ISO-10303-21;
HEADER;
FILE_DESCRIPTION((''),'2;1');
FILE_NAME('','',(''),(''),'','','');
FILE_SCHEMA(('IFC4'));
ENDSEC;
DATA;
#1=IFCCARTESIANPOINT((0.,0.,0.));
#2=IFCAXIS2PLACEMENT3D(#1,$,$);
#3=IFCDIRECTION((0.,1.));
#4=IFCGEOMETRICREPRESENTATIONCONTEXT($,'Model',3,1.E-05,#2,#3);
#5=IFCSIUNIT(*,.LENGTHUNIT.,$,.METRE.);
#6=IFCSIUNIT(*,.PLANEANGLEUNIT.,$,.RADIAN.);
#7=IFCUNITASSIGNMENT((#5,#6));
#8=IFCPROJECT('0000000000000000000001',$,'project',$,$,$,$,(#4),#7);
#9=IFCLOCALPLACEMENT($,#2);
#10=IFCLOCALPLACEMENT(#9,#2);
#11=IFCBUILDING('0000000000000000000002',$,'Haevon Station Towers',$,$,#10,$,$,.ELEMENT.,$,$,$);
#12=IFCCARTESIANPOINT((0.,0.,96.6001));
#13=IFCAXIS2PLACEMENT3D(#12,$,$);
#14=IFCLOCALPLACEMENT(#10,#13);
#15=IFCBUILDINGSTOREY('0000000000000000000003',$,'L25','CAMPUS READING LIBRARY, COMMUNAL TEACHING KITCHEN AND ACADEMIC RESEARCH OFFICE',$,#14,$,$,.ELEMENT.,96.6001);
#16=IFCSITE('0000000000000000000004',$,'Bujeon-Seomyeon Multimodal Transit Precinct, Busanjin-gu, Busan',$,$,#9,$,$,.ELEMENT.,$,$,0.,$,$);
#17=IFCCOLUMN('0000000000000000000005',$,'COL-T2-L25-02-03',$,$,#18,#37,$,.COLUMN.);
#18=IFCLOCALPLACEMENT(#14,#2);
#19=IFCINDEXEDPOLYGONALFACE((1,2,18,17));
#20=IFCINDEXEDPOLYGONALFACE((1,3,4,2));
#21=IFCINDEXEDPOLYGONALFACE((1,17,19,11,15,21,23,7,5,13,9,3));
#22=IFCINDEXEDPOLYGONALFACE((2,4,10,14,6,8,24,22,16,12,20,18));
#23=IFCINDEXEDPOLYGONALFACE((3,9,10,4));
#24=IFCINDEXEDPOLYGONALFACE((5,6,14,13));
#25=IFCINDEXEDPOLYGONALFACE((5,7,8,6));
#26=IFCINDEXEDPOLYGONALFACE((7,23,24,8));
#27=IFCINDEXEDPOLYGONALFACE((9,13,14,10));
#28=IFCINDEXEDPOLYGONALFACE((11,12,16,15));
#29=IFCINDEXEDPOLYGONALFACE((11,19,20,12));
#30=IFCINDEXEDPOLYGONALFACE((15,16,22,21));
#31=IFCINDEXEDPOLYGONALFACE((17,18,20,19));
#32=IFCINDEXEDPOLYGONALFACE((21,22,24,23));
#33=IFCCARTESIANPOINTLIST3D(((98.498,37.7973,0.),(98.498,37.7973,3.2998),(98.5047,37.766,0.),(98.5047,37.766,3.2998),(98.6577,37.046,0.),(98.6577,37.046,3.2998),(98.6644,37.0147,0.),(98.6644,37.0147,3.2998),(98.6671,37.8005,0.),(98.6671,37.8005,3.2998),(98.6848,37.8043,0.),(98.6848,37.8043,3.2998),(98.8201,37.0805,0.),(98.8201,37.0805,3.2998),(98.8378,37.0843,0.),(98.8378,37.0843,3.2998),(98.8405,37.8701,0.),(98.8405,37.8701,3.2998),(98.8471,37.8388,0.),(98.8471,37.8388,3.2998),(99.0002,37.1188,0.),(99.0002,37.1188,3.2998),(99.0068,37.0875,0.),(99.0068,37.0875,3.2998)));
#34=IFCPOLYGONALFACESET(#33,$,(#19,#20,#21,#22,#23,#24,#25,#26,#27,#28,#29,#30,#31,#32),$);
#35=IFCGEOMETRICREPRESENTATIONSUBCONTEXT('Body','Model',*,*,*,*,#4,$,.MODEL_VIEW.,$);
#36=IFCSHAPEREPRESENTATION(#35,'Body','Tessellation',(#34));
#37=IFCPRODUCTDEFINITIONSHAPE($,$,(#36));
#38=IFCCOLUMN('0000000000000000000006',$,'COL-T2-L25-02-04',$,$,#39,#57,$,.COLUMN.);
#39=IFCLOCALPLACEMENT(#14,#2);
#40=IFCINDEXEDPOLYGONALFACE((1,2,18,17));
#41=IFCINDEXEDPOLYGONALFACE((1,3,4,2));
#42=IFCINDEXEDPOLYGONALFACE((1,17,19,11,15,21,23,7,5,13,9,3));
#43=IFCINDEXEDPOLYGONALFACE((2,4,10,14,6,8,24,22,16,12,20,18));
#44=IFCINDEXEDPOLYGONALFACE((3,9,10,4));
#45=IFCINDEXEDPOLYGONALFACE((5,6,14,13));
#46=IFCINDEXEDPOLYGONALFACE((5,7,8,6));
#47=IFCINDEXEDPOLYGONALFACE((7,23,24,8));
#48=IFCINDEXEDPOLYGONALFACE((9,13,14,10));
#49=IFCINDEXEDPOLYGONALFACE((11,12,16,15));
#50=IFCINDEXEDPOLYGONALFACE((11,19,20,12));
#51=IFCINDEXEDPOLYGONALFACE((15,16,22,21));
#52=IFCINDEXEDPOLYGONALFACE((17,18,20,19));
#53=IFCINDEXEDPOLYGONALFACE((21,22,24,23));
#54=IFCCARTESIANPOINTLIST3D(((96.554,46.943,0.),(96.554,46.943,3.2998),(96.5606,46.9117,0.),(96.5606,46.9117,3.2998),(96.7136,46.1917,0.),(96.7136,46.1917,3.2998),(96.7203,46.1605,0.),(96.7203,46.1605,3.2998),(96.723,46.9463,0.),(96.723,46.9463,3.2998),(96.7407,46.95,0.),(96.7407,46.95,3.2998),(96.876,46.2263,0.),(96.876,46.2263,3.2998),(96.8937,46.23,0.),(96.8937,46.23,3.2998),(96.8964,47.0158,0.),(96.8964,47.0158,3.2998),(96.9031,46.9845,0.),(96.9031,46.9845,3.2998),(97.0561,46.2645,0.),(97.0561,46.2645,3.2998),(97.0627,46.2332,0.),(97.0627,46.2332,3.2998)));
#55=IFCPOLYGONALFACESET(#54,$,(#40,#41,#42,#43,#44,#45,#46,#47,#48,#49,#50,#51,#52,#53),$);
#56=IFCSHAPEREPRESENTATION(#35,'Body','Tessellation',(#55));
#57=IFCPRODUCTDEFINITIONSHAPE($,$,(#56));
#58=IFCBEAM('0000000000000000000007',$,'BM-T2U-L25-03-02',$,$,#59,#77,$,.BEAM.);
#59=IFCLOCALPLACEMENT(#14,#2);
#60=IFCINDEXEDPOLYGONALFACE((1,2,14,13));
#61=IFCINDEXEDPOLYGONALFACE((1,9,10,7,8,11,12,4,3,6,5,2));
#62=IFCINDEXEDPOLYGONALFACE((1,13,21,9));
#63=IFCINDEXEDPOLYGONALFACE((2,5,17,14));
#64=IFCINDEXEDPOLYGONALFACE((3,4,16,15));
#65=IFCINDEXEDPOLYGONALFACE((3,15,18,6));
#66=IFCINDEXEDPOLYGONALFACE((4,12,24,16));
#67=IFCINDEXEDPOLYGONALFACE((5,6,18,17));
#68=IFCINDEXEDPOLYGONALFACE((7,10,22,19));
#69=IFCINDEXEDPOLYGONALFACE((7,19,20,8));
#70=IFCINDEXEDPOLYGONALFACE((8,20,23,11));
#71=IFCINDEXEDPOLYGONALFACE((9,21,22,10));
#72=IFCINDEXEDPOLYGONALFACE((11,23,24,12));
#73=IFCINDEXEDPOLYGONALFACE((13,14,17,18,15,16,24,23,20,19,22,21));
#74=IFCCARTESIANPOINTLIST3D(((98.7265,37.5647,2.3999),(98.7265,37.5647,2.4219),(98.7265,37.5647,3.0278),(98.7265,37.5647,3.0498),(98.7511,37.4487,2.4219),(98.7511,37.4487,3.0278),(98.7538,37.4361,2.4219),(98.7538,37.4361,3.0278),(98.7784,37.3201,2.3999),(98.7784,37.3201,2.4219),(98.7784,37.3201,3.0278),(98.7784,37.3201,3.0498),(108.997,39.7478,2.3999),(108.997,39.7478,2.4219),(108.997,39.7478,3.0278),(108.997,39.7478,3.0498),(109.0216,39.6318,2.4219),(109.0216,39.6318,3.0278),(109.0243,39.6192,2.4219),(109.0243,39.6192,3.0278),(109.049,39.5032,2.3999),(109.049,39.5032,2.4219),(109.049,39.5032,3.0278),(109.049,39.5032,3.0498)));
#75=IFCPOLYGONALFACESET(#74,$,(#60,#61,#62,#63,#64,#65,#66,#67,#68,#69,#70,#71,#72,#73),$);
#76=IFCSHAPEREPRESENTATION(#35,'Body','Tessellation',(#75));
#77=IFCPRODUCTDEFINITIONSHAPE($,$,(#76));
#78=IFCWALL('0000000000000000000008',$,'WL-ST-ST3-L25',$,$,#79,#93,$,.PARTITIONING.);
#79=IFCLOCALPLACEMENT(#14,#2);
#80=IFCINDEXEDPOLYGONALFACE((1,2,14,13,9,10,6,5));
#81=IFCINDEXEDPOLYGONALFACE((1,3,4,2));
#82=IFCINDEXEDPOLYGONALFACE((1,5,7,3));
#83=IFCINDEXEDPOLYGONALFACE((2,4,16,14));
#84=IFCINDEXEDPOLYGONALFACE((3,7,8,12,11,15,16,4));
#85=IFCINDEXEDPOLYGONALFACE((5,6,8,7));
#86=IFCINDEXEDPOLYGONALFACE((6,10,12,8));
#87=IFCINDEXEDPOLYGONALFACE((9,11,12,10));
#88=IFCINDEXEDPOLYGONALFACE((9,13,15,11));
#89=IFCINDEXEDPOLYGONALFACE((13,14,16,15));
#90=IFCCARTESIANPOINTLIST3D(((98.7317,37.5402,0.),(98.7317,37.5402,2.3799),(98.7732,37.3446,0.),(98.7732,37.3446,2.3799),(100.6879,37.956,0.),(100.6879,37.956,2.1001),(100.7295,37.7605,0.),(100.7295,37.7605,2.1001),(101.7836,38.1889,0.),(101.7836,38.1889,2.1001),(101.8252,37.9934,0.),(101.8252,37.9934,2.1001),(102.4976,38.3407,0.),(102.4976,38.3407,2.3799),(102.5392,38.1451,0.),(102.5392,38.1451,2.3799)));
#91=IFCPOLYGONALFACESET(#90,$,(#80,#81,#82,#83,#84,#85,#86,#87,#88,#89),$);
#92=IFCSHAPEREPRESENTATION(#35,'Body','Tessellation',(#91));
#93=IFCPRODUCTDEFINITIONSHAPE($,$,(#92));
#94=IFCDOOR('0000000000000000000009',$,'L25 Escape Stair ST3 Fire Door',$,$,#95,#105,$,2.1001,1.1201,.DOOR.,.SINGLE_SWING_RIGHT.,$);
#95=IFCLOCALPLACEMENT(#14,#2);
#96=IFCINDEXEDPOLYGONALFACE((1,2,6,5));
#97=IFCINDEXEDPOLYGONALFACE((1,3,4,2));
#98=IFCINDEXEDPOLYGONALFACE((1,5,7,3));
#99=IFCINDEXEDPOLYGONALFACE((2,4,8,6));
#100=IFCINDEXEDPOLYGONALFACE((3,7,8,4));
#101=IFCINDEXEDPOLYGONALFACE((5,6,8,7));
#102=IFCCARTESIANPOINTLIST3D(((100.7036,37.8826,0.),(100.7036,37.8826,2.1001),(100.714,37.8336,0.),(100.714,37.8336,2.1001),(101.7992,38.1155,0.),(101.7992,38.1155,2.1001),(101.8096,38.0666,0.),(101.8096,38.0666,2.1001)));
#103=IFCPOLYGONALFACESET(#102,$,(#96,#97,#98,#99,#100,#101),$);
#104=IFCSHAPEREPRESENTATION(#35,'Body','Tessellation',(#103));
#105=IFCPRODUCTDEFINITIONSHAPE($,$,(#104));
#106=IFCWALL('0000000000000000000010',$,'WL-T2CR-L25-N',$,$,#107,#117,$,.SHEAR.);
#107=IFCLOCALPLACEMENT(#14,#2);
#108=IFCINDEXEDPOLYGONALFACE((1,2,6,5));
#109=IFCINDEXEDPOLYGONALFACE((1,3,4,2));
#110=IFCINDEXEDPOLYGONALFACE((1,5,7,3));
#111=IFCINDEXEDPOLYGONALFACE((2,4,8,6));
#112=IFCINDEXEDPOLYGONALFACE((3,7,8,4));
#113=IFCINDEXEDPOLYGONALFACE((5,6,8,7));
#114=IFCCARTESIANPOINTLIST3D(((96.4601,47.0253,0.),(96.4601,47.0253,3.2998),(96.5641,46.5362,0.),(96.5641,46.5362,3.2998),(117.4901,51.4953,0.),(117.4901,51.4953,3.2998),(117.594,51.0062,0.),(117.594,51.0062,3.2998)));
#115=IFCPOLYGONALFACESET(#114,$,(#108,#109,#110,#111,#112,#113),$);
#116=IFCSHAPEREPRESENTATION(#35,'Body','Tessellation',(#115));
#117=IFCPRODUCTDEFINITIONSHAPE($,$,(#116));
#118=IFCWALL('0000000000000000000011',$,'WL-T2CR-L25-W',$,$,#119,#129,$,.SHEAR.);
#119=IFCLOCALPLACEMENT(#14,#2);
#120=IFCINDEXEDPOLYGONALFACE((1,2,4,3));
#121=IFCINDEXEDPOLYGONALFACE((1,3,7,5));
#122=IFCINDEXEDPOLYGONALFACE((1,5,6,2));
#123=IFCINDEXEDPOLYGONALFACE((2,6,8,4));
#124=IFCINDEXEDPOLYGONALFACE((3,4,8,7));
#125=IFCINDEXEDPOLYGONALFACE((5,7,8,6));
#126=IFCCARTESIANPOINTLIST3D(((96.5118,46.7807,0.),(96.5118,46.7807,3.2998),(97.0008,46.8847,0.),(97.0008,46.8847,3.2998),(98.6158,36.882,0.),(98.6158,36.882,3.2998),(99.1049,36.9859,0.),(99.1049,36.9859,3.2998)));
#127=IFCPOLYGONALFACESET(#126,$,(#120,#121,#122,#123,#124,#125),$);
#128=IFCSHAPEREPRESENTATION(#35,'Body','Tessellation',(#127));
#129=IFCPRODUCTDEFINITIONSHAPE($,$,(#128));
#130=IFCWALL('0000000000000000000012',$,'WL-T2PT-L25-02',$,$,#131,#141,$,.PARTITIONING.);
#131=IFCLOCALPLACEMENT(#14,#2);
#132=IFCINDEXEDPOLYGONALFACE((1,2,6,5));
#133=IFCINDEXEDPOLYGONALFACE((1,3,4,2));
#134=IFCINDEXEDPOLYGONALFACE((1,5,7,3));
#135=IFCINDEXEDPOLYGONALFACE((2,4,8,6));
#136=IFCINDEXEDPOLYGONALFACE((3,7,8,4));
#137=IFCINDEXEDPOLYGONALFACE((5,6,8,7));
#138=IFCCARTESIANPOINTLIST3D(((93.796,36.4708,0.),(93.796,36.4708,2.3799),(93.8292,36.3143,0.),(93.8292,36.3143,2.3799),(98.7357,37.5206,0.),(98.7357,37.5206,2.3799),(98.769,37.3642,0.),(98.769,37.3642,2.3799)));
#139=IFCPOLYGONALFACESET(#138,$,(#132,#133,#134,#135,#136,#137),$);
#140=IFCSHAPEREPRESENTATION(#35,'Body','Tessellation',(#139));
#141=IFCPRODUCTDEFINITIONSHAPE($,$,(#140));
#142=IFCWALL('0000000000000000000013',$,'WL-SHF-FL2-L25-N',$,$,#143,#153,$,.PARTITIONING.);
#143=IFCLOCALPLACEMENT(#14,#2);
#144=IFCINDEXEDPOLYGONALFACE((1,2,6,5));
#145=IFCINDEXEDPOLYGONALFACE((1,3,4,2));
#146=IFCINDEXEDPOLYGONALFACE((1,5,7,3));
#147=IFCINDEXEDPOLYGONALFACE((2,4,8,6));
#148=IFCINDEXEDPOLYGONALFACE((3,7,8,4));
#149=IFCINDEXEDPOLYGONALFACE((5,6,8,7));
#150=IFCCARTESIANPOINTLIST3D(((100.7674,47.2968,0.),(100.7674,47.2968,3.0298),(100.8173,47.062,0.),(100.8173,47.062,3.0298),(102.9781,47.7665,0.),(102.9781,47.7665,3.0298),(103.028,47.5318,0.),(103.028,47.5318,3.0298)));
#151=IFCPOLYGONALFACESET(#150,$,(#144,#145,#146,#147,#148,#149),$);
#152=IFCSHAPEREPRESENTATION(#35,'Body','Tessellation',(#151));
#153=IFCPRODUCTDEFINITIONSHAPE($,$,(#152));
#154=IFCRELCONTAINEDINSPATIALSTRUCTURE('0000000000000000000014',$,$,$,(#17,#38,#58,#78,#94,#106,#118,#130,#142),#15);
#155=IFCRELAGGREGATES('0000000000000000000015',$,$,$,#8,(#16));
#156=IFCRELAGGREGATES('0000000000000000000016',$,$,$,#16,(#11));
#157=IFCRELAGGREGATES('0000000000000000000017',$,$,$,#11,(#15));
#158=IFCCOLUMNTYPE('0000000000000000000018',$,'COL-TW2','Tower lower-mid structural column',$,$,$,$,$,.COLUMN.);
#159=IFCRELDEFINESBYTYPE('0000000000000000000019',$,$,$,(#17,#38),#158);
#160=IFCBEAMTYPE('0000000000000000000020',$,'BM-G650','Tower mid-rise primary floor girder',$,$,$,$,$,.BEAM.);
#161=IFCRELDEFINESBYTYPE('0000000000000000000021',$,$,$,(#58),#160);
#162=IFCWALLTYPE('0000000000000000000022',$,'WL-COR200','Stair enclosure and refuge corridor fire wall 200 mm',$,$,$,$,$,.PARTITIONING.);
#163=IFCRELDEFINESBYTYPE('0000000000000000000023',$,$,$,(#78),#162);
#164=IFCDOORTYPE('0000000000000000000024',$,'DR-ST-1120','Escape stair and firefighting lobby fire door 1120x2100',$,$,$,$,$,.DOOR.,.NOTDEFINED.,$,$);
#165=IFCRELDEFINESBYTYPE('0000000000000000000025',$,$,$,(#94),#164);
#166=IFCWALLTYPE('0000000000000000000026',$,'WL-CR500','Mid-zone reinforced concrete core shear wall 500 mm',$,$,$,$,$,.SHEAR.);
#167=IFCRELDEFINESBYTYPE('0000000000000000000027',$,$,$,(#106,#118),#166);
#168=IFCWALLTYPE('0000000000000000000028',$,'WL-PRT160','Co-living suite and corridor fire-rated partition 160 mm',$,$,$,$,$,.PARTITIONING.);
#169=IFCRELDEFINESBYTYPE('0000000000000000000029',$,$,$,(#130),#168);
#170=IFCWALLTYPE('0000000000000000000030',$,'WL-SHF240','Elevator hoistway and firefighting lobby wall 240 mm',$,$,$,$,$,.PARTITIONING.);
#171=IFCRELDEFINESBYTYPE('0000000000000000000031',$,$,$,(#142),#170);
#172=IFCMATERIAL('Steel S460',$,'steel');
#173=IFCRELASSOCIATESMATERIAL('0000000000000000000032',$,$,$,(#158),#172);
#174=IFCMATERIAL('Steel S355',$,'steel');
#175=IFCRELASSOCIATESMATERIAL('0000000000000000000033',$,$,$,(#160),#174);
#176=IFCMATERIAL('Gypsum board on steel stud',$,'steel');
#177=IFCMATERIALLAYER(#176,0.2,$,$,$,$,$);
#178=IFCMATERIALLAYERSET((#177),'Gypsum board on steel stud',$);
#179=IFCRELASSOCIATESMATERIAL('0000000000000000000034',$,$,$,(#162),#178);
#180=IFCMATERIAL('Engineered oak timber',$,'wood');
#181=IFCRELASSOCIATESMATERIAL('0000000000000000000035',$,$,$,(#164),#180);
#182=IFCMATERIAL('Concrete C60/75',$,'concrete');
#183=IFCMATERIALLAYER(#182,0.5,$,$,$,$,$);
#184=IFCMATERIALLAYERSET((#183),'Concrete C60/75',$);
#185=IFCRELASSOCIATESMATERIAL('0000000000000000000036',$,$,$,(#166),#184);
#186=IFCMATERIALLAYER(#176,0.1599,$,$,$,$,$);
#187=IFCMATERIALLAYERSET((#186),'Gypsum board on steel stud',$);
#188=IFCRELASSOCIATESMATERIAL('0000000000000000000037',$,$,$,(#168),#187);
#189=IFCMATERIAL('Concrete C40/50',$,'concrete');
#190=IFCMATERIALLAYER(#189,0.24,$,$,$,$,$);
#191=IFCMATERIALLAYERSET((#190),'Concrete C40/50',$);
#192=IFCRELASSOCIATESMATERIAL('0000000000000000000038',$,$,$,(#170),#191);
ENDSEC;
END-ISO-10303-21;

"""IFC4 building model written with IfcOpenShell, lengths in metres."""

from ifc_helpers import new_model, si_unit, direction, frame, frame_2d, origin, origin_2d, place, context, subcontext, project, spatial, rectangle, i_section, extrude, material, layer, layer_set, material_profile, profile_set, type_object, element, fill, save


model = new_model("IFC4")

# Units and contexts
model_context = context("Model", 3, precision=1e-05, world=origin(), true_north=direction((0.0, 1.0)))
body_context = subcontext(model_context, "Body", "Model", "MODEL_VIEW")
ifc_project = project(units=[si_unit("LENGTHUNIT", "METRE"), si_unit("PLANEANGLEUNIT", "RADIAN")], contexts=[model_context])

# Site, building, storey
site_placement = place(None, origin())
site = spatial("IfcSite", under=ifc_project, at=site_placement, Name="Bujeon-Seomyeon Multimodal Transit Precinct, Busanjin-gu, Busan", CompositionType="ELEMENT", RefElevation=0.0)
building_placement = place(site_placement, origin())
building = spatial("IfcBuilding", under=site, at=building_placement, Name="Haevon Station Towers", CompositionType="ELEMENT")
storey_placement = place(building_placement, frame((0.0, 0.0, 96.6001)))
storey = spatial("IfcBuildingStorey", under=building, at=storey_placement, Name="L25", Description="CAMPUS READING LIBRARY, COMMUNAL TEACHING KITCHEN AND ACADEMIC RESEARCH OFFICE", CompositionType="ELEMENT", Elevation=96.6001)

# Columns
ifc_material_1 = material(Name="Steel S460", Category="steel")
ifc_material_profile_1 = material_profile(ifc_material_1, i_section(OverallWidth=0.3501, OverallDepth=0.8, WebThickness=0.0181, FlangeThickness=0.032, at=origin_2d()), Name="H-800x350x18x32")
ifc_profile_set_1 = profile_set([ifc_material_profile_1], Name="Steel S460")
column_type = type_object("IfcColumnType", Name="COL-TW2", Description="Tower lower-mid structural column", PredefinedType="COLUMN", material=ifc_profile_set_1)
for number, where, z_axis, x_axis, name in (
    (1, (98.7524, 37.4424, 0.0), (0.0, 0.0, 1.0), (0.978148, 0.207912, 0.0), "COL-T2-L25-02-03"),
    (2, (96.8083, 46.5881, 0.0), (0.0, 0.0, 1.0), (0.978148, 0.207912, 0.0), "COL-T2-L25-02-04"),
):
    element("IfcColumn", number, at=place(storey_placement, frame(where, z_axis=z_axis, x_axis=x_axis)), inside=storey, type_object=column_type, Name=name, PredefinedType="COLUMN", context=body_context, shape_type="SweptSolid", body=[
        extrude(i_section(OverallWidth=0.3501, OverallDepth=0.8, WebThickness=0.0181, FlangeThickness=0.032, at=origin_2d()), origin(), (0.0, 0.0, 1.0), 3.2998),
    ])

# Beam
ifc_material_2 = material(Name="Steel S355", Category="steel")
ifc_material_profile_2 = material_profile(ifc_material_2, i_section(OverallWidth=0.25, OverallDepth=0.6499, WebThickness=0.0129, FlangeThickness=0.022, at=origin_2d()), Name="H-650x250x13x22")
ifc_profile_set_2 = profile_set([ifc_material_profile_2], Name="Steel S355")
beam_type = type_object("IfcBeamType", Name="BM-G650", Description="Tower mid-rise primary floor girder", PredefinedType="BEAM", material=ifc_profile_set_2)
beam_placement = place(storey_placement, frame((98.7524, 37.4424, 2.7249), z_axis=(0.978147, 0.207915, 0.0), x_axis=(-0.207915, 0.978147, 0.0)))
element("IfcBeam", 3, at=beam_placement, inside=storey, type_object=beam_type, Name="BM-T2U-L25-03-02", PredefinedType="BEAM", context=body_context, shape_type="SweptSolid", body=[
    extrude(i_section(OverallWidth=0.25, OverallDepth=0.6499, WebThickness=0.0129, FlangeThickness=0.022, at=origin_2d()), origin(), (0.0, 0.0, 1.0), 10.5),
])

# Wall, opening, door
ifc_material_3 = material(Name="Gypsum board on steel stud", Category="steel")
ifc_layer_1 = layer(ifc_material_3, 0.2)
ifc_layer_set_1 = layer_set([ifc_layer_1], Name="Gypsum board on steel stud")
wall_type_1 = type_object("IfcWallType", Name="WL-COR200", Description="Stair enclosure and refuge corridor fire wall 200 mm", PredefinedType="PARTITIONING", material=ifc_layer_set_1)
wall_1_placement = place(storey_placement, frame((98.7524, 37.4424, 0.0), z_axis=(0.0, 0.0, 1.0), x_axis=(0.978144, 0.207931, 0.0)))
wall_1 = element("IfcWall", 4, at=wall_1_placement, inside=storey, type_object=wall_type_1, Name="WL-ST-ST3-L25", PredefinedType="PARTITIONING", context=body_context, shape_type="SweptSolid", body=[
    extrude(rectangle(XDim=3.8501, YDim=0.2, at=frame_2d((1.925, 0.0))), origin(), (0.0, 0.0, 1.0), 2.3799),
])
opening_1_placement = place(wall_1_placement, frame((2.0, 0.0, 0.0)))
opening_1 = element("IfcOpeningElement", 5, at=opening_1_placement, cuts=wall_1, PredefinedType="OPENING", context=body_context, shape_type="SweptSolid", body=[
    extrude(rectangle(XDim=1.1201, YDim=2.1001, at=frame_2d((0.5601, 1.05))), frame((0.0, 0.1099, 0.0), z_axis=(0.0, -1.0, 0.0), x_axis=(1.0, 0.0, 0.0)), (0.0, 0.0, 1.0), 0.22),
])
ifc_material_4 = material(Name="Engineered oak timber", Category="wood")
door_type_1 = type_object("IfcDoorType", Name="DR-ST-1120", Description="Escape stair and firefighting lobby fire door 1120x2100", OperationType="NOTDEFINED", PredefinedType="DOOR", material=ifc_material_4)
door_1_placement = place(opening_1_placement, origin())
door_1 = element("IfcDoor", 6, at=door_1_placement, inside=storey, type_object=door_type_1, Name="L25 Escape Stair ST3 Fire Door", OperationType="SINGLE_SWING_RIGHT", OverallHeight=2.1001, OverallWidth=1.1201, PredefinedType="DOOR", context=body_context, shape_type="SweptSolid", body=[
    extrude(rectangle(XDim=1.1201, YDim=2.1001, at=frame_2d((0.5601, 1.05))), frame((0.0, 0.0249, 0.0), z_axis=(0.0, -1.0, 0.0), x_axis=(1.0, 0.0, 0.0)), (0.0, 0.0, 1.0), 0.05),
])
fill(opening_1, door_1)

# Walls
ifc_material_5 = material(Name="Concrete C60/75", Category="concrete")
ifc_layer_2 = layer(ifc_material_5, 0.5)
ifc_layer_set_2 = layer_set([ifc_layer_2], Name="Concrete C60/75")
wall_type_2 = type_object("IfcWallType", Name="WL-CR500", Description="Mid-zone reinforced concrete core shear wall 500 mm", PredefinedType="SHEAR", material=ifc_layer_set_2)
wall_2_placement = place(storey_placement, frame((96.512, 46.7808, 0.0), z_axis=(0.0, 0.0, 1.0), x_axis=(0.978149, 0.207907, 0.0)))
element("IfcWall", 7, at=wall_2_placement, inside=storey, type_object=wall_type_2, Name="WL-T2CR-L25-N", PredefinedType="SHEAR", context=body_context, shape_type="SweptSolid", body=[
    extrude(rectangle(XDim=21.4998, YDim=0.5, at=frame_2d((10.75, 0.0))), origin(), (0.0, 0.0, 1.0), 3.2998),
])
wall_3_placement = place(storey_placement, frame((98.8604, 36.9338, 0.0), z_axis=(0.0, 0.0, 1.0), x_axis=(-0.207909, 0.978148, 0.0)))
element("IfcWall", 8, at=wall_3_placement, inside=storey, type_object=wall_type_2, Name="WL-T2CR-L25-W", PredefinedType="SHEAR", context=body_context, shape_type="SweptSolid", body=[
    extrude(rectangle(XDim=10.1199, YDim=0.5, at=frame_2d((5.0601, 0.0))), origin(), (0.0, 0.0, 1.0), 3.2998),
])
ifc_layer_3 = layer(ifc_material_3, 0.1599)
ifc_layer_set_3 = layer_set([ifc_layer_3], Name="Gypsum board on steel stud")
wall_type_3 = type_object("IfcWallType", Name="WL-PRT160", Description="Co-living suite and corridor fire-rated partition 160 mm", PredefinedType="PARTITIONING", material=ifc_layer_set_3)
wall_4_placement = place(storey_placement, frame((93.8127, 36.3926, 0.0), z_axis=(0.0, 0.0, 1.0), x_axis=(0.978154, 0.207881, 0.0)))
element("IfcWall", 9, at=wall_4_placement, inside=storey, type_object=wall_type_3, Name="WL-T2PT-L25-02", PredefinedType="PARTITIONING", context=body_context, shape_type="SweptSolid", body=[
    extrude(rectangle(XDim=5.05, YDim=0.1599, at=frame_2d((2.5249, 0.0))), origin(), (0.0, 0.0, 1.0), 2.3799),
])

# Shared definitions
ifc_material_6 = material(Name="Concrete C40/50", Category="concrete")
ifc_layer_4 = layer(ifc_material_6, 0.24)
ifc_layer_set_4 = layer_set([ifc_layer_4], Name="Concrete C40/50")
wall_type_4 = type_object("IfcWallType", Name="WL-SHF240", Description="Elevator hoistway and firefighting lobby wall 240 mm", PredefinedType="PARTITIONING", material=ifc_layer_set_4)

# Wall
wall_5_placement = place(storey_placement, frame((100.7925, 47.1794, 0.0), z_axis=(0.0, 0.0, 1.0), x_axis=(0.978163, 0.207839, 0.0)))
element("IfcWall", 10, at=wall_5_placement, inside=storey, type_object=wall_type_4, Name="WL-SHF-FL2-L25-N", PredefinedType="PARTITIONING", context=body_context, shape_type="SweptSolid", body=[
    extrude(rectangle(XDim=2.26, YDim=0.24, at=frame_2d((1.1299, 0.0))), origin(), (0.0, 0.0, 1.0), 3.0298),
])

save(model, "model.ifc")
